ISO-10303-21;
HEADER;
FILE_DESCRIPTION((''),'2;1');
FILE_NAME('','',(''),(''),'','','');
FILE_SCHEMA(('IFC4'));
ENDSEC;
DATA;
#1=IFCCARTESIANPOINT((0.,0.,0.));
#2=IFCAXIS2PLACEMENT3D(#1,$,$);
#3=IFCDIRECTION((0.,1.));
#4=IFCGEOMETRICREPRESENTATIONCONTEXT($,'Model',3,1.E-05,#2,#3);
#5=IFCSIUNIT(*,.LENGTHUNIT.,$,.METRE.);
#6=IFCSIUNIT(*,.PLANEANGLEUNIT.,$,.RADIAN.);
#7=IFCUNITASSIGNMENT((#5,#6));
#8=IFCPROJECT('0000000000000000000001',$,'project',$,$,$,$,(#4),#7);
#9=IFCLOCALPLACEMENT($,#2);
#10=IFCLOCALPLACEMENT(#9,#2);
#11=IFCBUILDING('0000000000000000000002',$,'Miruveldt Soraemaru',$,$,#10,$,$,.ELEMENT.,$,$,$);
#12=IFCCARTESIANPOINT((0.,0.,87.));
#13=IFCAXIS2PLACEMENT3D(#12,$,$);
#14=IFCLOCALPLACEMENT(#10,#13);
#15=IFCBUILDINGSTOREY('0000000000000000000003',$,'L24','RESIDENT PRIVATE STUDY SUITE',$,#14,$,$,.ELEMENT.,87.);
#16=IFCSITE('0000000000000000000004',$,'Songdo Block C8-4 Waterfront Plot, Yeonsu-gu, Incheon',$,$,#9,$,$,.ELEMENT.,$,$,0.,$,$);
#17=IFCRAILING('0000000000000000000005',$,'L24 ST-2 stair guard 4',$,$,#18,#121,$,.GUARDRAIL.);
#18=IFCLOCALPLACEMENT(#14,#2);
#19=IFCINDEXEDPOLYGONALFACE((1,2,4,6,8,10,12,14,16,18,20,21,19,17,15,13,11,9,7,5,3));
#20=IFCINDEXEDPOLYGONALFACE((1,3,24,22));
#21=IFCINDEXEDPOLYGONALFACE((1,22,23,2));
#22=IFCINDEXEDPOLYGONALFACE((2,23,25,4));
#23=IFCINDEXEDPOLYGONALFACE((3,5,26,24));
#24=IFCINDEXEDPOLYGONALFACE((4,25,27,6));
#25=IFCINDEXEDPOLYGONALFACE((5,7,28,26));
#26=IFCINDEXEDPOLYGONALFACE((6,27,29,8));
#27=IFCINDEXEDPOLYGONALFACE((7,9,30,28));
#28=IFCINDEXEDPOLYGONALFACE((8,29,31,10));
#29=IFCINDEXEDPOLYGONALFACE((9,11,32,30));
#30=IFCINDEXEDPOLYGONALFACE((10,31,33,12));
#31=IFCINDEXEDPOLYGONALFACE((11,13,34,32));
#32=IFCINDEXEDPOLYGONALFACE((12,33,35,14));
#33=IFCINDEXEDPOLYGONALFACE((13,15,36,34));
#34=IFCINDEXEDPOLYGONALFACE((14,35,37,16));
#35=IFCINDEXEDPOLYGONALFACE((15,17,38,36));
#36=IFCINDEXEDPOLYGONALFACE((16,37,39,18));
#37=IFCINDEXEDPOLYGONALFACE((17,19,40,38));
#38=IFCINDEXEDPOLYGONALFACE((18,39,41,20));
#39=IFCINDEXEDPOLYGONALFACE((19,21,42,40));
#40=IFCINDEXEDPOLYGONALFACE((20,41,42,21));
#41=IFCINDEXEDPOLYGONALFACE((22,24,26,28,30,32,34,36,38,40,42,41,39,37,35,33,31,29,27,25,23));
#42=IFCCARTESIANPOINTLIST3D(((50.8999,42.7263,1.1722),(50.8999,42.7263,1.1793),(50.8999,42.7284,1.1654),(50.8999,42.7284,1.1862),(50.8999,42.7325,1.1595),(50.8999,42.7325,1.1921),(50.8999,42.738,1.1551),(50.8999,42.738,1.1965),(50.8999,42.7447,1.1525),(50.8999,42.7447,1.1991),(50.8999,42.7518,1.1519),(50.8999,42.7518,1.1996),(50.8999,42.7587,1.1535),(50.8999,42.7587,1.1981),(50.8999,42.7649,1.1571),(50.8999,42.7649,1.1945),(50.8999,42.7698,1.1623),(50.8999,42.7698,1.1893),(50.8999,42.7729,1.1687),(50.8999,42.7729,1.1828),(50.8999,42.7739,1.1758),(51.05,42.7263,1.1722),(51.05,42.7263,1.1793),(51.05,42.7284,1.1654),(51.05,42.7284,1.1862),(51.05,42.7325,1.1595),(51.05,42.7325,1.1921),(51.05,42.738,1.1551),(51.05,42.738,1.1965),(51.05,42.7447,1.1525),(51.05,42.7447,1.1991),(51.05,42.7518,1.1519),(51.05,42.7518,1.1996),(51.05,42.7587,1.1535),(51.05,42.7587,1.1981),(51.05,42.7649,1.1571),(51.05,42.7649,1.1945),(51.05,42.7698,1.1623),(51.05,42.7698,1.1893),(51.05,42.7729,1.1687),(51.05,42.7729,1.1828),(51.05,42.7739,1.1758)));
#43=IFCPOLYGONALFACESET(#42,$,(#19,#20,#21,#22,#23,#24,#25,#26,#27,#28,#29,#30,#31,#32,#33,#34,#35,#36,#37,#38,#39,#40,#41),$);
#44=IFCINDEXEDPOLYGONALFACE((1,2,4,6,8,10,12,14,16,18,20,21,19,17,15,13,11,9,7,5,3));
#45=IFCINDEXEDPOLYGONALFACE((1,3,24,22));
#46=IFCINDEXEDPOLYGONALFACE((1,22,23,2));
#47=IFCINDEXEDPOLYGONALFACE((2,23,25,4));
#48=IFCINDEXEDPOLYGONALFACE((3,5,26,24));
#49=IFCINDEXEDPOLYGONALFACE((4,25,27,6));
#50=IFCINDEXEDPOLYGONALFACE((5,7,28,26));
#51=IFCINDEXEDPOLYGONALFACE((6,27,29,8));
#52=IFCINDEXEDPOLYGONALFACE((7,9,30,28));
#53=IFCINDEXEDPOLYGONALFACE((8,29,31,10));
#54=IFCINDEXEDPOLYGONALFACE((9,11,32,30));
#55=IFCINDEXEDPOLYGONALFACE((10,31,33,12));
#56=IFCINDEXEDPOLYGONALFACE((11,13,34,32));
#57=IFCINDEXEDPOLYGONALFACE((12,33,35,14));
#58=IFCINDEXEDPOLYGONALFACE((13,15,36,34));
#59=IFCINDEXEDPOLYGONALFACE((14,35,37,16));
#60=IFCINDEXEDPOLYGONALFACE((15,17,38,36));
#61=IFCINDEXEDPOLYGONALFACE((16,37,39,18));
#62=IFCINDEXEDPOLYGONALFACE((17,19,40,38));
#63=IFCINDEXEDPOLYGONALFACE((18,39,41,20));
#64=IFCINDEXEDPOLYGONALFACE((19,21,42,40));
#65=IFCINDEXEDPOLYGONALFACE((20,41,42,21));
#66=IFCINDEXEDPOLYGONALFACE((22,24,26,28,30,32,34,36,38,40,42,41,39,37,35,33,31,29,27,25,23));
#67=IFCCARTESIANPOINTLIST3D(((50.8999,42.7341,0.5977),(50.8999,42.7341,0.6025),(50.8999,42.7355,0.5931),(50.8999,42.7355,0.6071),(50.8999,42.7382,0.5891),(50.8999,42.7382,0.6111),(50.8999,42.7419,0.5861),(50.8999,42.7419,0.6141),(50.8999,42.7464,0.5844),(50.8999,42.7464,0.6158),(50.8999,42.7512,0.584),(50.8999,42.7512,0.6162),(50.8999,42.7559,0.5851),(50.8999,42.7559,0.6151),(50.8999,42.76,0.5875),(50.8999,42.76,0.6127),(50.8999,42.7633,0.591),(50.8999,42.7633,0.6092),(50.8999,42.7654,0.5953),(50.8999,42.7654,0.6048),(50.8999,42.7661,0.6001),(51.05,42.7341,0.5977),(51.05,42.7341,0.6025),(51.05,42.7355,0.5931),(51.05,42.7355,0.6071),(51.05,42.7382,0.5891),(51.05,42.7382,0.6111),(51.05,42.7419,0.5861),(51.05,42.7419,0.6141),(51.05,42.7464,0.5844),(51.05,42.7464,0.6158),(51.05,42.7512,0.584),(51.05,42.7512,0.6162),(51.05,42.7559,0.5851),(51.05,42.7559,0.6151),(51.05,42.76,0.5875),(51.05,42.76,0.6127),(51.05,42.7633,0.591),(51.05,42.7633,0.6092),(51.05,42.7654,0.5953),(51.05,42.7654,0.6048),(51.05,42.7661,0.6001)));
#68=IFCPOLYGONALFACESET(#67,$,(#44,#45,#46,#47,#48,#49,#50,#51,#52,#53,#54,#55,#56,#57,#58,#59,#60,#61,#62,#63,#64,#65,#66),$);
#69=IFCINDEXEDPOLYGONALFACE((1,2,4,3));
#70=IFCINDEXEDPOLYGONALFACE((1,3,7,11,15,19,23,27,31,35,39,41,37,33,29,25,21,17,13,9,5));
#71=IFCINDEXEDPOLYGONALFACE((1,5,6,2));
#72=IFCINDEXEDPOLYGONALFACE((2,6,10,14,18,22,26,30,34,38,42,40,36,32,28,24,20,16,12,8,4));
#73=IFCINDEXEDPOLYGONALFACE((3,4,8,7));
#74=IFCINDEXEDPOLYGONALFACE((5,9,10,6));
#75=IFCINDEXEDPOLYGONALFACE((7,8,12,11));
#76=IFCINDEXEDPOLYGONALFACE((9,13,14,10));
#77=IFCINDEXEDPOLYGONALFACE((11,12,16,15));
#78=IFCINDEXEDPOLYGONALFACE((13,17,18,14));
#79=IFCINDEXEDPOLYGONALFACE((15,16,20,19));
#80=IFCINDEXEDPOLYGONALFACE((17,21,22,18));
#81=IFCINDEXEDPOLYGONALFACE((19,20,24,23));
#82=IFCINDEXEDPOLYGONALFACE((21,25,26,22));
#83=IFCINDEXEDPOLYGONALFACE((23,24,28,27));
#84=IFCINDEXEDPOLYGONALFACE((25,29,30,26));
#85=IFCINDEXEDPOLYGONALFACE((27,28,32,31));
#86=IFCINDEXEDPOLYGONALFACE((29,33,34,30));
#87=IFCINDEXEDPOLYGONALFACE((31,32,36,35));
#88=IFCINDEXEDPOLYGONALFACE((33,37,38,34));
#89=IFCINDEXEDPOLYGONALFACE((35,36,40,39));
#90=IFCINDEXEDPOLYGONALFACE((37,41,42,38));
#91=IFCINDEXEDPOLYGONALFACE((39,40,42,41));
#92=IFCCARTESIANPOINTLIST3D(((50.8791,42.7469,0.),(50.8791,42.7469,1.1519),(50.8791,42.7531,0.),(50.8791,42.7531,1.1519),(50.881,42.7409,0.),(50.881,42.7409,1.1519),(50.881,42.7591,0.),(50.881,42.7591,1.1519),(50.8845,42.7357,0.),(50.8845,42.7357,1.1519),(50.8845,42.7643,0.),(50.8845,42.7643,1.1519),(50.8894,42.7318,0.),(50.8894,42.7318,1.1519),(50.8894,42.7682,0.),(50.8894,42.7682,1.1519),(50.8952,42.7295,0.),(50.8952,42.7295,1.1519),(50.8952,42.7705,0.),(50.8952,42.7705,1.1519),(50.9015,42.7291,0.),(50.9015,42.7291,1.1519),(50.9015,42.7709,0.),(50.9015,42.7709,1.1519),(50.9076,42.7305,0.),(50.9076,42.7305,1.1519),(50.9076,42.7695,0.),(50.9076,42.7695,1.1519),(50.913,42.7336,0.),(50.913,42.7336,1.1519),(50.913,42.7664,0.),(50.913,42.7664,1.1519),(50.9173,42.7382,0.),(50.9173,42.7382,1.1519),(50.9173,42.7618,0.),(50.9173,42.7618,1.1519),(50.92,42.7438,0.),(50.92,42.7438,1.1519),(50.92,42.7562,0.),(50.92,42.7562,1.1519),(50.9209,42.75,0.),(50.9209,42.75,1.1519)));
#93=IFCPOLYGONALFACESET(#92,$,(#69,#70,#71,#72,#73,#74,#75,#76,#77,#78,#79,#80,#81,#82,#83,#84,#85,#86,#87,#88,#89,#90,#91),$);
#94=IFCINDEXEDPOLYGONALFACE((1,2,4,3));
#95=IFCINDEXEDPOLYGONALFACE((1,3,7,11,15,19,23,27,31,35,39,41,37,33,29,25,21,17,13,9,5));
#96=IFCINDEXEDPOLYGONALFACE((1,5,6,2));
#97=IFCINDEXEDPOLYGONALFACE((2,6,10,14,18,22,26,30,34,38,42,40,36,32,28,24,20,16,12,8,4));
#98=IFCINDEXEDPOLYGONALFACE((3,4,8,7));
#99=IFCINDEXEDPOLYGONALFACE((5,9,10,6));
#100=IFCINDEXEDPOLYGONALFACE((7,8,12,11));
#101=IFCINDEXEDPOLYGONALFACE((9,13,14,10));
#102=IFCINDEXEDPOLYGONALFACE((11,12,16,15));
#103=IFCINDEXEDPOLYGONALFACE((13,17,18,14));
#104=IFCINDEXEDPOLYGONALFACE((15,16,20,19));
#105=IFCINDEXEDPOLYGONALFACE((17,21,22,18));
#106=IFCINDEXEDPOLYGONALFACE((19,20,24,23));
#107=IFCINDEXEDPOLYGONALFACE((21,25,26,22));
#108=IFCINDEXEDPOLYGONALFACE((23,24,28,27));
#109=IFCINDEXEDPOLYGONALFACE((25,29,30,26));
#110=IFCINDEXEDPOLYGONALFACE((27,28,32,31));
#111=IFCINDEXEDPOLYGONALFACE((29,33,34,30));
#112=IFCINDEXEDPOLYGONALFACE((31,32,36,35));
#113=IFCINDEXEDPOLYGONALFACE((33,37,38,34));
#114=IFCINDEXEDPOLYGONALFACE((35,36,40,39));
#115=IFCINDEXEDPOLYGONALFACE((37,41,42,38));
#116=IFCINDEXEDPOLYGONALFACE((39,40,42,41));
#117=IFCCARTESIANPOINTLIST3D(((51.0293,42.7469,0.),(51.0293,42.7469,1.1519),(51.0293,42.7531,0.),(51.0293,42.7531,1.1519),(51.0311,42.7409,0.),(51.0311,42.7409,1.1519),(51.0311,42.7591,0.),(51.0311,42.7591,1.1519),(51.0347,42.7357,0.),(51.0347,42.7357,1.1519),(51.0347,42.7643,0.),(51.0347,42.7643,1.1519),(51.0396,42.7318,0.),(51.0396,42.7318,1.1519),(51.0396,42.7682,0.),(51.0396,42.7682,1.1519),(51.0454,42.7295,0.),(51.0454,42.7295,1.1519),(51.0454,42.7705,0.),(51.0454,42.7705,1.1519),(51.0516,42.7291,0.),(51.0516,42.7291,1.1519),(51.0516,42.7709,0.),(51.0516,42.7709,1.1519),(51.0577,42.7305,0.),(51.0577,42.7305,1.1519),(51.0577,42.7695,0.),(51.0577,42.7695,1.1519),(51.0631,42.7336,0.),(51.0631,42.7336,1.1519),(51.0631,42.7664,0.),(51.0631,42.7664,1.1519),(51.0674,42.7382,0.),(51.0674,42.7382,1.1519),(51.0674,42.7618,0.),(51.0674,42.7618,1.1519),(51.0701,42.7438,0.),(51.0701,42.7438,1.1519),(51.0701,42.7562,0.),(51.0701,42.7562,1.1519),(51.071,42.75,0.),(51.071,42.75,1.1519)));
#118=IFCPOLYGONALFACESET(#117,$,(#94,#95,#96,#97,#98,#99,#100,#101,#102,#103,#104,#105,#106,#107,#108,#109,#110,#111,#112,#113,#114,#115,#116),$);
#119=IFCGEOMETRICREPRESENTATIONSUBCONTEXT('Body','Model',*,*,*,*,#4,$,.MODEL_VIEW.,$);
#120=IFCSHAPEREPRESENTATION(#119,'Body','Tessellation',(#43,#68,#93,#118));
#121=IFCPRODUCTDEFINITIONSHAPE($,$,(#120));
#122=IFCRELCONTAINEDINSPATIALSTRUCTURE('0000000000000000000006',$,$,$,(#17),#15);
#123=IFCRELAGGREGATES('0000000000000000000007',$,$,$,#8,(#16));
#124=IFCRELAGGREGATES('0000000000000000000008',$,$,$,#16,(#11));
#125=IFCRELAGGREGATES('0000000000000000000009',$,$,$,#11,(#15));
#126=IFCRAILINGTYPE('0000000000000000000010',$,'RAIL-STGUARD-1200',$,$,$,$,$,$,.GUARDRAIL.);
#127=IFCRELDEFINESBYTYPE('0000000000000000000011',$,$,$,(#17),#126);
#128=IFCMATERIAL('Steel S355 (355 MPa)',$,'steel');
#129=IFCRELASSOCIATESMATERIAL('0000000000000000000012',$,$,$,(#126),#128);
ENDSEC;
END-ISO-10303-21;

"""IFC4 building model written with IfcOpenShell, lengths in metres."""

from ifc_helpers import new_model, si_unit, direction, frame, origin, origin_2d, place, context, subcontext, project, spatial, circle, extrude, material, type_object, element, save


model = new_model("IFC4")

# Units and contexts
model_context = context("Model", 3, precision=1e-05, world=origin(), true_north=direction((0.0, 1.0)))
body_context = subcontext(model_context, "Body", "Model", "MODEL_VIEW")
ifc_project = project(units=[si_unit("LENGTHUNIT", "METRE"), si_unit("PLANEANGLEUNIT", "RADIAN")], contexts=[model_context])

# Site, building, storey
site_placement = place(None, origin())
site = spatial("IfcSite", under=ifc_project, at=site_placement, Name="Songdo Block C8-4 Waterfront Plot, Yeonsu-gu, Incheon", CompositionType="ELEMENT", RefElevation=0.0)
building_placement = place(site_placement, origin())
building = spatial("IfcBuilding", under=site, at=building_placement, Name="Miruveldt Soraemaru", CompositionType="ELEMENT")
storey_placement = place(building_placement, frame((0.0, 0.0, 87.0)))
storey = spatial("IfcBuildingStorey", under=building, at=storey_placement, Name="L24", Description="RESIDENT PRIVATE STUDY SUITE", CompositionType="ELEMENT", Elevation=87.0)

# Railing
ifc_material_1 = material(Name="Steel S355 (355 MPa)", Category="steel")
railing_type_1 = type_object("IfcRailingType", Name="RAIL-STGUARD-1200", PredefinedType="GUARDRAIL", material=ifc_material_1)
railing_1_placement = place(storey_placement, frame((50.8999, 42.75, 0.0)))
element("IfcRailing", 1, at=railing_1_placement, inside=storey, type_object=railing_type_1, Name="L24 ST-2 stair guard 4", PredefinedType="GUARDRAIL", context=body_context, shape_type="SweptSolid", body=[
    extrude(circle(Radius=0.0239, at=origin_2d()), frame((0.0, 0.0, 1.1758), z_axis=(1.0, 0.0, 0.0), x_axis=(0.0, 1.0, 0.0)), (0.0, 0.0, 1.0), 0.1501),
    extrude(circle(Radius=0.0161, at=origin_2d()), frame((0.0, 0.0, 0.6001), z_axis=(1.0, 0.0, 0.0), x_axis=(0.0, 1.0, 0.0)), (0.0, 0.0, 1.0), 0.1501),
    extrude(circle(Radius=0.021, at=origin_2d()), origin(), (0.0, 0.0, 1.0), 1.1519),
    extrude(circle(Radius=0.021, at=origin_2d()), frame((0.1501, 0.0, 0.0)), (0.0, 0.0, 1.0), 1.1519),
])

save(model, "model.ifc")
